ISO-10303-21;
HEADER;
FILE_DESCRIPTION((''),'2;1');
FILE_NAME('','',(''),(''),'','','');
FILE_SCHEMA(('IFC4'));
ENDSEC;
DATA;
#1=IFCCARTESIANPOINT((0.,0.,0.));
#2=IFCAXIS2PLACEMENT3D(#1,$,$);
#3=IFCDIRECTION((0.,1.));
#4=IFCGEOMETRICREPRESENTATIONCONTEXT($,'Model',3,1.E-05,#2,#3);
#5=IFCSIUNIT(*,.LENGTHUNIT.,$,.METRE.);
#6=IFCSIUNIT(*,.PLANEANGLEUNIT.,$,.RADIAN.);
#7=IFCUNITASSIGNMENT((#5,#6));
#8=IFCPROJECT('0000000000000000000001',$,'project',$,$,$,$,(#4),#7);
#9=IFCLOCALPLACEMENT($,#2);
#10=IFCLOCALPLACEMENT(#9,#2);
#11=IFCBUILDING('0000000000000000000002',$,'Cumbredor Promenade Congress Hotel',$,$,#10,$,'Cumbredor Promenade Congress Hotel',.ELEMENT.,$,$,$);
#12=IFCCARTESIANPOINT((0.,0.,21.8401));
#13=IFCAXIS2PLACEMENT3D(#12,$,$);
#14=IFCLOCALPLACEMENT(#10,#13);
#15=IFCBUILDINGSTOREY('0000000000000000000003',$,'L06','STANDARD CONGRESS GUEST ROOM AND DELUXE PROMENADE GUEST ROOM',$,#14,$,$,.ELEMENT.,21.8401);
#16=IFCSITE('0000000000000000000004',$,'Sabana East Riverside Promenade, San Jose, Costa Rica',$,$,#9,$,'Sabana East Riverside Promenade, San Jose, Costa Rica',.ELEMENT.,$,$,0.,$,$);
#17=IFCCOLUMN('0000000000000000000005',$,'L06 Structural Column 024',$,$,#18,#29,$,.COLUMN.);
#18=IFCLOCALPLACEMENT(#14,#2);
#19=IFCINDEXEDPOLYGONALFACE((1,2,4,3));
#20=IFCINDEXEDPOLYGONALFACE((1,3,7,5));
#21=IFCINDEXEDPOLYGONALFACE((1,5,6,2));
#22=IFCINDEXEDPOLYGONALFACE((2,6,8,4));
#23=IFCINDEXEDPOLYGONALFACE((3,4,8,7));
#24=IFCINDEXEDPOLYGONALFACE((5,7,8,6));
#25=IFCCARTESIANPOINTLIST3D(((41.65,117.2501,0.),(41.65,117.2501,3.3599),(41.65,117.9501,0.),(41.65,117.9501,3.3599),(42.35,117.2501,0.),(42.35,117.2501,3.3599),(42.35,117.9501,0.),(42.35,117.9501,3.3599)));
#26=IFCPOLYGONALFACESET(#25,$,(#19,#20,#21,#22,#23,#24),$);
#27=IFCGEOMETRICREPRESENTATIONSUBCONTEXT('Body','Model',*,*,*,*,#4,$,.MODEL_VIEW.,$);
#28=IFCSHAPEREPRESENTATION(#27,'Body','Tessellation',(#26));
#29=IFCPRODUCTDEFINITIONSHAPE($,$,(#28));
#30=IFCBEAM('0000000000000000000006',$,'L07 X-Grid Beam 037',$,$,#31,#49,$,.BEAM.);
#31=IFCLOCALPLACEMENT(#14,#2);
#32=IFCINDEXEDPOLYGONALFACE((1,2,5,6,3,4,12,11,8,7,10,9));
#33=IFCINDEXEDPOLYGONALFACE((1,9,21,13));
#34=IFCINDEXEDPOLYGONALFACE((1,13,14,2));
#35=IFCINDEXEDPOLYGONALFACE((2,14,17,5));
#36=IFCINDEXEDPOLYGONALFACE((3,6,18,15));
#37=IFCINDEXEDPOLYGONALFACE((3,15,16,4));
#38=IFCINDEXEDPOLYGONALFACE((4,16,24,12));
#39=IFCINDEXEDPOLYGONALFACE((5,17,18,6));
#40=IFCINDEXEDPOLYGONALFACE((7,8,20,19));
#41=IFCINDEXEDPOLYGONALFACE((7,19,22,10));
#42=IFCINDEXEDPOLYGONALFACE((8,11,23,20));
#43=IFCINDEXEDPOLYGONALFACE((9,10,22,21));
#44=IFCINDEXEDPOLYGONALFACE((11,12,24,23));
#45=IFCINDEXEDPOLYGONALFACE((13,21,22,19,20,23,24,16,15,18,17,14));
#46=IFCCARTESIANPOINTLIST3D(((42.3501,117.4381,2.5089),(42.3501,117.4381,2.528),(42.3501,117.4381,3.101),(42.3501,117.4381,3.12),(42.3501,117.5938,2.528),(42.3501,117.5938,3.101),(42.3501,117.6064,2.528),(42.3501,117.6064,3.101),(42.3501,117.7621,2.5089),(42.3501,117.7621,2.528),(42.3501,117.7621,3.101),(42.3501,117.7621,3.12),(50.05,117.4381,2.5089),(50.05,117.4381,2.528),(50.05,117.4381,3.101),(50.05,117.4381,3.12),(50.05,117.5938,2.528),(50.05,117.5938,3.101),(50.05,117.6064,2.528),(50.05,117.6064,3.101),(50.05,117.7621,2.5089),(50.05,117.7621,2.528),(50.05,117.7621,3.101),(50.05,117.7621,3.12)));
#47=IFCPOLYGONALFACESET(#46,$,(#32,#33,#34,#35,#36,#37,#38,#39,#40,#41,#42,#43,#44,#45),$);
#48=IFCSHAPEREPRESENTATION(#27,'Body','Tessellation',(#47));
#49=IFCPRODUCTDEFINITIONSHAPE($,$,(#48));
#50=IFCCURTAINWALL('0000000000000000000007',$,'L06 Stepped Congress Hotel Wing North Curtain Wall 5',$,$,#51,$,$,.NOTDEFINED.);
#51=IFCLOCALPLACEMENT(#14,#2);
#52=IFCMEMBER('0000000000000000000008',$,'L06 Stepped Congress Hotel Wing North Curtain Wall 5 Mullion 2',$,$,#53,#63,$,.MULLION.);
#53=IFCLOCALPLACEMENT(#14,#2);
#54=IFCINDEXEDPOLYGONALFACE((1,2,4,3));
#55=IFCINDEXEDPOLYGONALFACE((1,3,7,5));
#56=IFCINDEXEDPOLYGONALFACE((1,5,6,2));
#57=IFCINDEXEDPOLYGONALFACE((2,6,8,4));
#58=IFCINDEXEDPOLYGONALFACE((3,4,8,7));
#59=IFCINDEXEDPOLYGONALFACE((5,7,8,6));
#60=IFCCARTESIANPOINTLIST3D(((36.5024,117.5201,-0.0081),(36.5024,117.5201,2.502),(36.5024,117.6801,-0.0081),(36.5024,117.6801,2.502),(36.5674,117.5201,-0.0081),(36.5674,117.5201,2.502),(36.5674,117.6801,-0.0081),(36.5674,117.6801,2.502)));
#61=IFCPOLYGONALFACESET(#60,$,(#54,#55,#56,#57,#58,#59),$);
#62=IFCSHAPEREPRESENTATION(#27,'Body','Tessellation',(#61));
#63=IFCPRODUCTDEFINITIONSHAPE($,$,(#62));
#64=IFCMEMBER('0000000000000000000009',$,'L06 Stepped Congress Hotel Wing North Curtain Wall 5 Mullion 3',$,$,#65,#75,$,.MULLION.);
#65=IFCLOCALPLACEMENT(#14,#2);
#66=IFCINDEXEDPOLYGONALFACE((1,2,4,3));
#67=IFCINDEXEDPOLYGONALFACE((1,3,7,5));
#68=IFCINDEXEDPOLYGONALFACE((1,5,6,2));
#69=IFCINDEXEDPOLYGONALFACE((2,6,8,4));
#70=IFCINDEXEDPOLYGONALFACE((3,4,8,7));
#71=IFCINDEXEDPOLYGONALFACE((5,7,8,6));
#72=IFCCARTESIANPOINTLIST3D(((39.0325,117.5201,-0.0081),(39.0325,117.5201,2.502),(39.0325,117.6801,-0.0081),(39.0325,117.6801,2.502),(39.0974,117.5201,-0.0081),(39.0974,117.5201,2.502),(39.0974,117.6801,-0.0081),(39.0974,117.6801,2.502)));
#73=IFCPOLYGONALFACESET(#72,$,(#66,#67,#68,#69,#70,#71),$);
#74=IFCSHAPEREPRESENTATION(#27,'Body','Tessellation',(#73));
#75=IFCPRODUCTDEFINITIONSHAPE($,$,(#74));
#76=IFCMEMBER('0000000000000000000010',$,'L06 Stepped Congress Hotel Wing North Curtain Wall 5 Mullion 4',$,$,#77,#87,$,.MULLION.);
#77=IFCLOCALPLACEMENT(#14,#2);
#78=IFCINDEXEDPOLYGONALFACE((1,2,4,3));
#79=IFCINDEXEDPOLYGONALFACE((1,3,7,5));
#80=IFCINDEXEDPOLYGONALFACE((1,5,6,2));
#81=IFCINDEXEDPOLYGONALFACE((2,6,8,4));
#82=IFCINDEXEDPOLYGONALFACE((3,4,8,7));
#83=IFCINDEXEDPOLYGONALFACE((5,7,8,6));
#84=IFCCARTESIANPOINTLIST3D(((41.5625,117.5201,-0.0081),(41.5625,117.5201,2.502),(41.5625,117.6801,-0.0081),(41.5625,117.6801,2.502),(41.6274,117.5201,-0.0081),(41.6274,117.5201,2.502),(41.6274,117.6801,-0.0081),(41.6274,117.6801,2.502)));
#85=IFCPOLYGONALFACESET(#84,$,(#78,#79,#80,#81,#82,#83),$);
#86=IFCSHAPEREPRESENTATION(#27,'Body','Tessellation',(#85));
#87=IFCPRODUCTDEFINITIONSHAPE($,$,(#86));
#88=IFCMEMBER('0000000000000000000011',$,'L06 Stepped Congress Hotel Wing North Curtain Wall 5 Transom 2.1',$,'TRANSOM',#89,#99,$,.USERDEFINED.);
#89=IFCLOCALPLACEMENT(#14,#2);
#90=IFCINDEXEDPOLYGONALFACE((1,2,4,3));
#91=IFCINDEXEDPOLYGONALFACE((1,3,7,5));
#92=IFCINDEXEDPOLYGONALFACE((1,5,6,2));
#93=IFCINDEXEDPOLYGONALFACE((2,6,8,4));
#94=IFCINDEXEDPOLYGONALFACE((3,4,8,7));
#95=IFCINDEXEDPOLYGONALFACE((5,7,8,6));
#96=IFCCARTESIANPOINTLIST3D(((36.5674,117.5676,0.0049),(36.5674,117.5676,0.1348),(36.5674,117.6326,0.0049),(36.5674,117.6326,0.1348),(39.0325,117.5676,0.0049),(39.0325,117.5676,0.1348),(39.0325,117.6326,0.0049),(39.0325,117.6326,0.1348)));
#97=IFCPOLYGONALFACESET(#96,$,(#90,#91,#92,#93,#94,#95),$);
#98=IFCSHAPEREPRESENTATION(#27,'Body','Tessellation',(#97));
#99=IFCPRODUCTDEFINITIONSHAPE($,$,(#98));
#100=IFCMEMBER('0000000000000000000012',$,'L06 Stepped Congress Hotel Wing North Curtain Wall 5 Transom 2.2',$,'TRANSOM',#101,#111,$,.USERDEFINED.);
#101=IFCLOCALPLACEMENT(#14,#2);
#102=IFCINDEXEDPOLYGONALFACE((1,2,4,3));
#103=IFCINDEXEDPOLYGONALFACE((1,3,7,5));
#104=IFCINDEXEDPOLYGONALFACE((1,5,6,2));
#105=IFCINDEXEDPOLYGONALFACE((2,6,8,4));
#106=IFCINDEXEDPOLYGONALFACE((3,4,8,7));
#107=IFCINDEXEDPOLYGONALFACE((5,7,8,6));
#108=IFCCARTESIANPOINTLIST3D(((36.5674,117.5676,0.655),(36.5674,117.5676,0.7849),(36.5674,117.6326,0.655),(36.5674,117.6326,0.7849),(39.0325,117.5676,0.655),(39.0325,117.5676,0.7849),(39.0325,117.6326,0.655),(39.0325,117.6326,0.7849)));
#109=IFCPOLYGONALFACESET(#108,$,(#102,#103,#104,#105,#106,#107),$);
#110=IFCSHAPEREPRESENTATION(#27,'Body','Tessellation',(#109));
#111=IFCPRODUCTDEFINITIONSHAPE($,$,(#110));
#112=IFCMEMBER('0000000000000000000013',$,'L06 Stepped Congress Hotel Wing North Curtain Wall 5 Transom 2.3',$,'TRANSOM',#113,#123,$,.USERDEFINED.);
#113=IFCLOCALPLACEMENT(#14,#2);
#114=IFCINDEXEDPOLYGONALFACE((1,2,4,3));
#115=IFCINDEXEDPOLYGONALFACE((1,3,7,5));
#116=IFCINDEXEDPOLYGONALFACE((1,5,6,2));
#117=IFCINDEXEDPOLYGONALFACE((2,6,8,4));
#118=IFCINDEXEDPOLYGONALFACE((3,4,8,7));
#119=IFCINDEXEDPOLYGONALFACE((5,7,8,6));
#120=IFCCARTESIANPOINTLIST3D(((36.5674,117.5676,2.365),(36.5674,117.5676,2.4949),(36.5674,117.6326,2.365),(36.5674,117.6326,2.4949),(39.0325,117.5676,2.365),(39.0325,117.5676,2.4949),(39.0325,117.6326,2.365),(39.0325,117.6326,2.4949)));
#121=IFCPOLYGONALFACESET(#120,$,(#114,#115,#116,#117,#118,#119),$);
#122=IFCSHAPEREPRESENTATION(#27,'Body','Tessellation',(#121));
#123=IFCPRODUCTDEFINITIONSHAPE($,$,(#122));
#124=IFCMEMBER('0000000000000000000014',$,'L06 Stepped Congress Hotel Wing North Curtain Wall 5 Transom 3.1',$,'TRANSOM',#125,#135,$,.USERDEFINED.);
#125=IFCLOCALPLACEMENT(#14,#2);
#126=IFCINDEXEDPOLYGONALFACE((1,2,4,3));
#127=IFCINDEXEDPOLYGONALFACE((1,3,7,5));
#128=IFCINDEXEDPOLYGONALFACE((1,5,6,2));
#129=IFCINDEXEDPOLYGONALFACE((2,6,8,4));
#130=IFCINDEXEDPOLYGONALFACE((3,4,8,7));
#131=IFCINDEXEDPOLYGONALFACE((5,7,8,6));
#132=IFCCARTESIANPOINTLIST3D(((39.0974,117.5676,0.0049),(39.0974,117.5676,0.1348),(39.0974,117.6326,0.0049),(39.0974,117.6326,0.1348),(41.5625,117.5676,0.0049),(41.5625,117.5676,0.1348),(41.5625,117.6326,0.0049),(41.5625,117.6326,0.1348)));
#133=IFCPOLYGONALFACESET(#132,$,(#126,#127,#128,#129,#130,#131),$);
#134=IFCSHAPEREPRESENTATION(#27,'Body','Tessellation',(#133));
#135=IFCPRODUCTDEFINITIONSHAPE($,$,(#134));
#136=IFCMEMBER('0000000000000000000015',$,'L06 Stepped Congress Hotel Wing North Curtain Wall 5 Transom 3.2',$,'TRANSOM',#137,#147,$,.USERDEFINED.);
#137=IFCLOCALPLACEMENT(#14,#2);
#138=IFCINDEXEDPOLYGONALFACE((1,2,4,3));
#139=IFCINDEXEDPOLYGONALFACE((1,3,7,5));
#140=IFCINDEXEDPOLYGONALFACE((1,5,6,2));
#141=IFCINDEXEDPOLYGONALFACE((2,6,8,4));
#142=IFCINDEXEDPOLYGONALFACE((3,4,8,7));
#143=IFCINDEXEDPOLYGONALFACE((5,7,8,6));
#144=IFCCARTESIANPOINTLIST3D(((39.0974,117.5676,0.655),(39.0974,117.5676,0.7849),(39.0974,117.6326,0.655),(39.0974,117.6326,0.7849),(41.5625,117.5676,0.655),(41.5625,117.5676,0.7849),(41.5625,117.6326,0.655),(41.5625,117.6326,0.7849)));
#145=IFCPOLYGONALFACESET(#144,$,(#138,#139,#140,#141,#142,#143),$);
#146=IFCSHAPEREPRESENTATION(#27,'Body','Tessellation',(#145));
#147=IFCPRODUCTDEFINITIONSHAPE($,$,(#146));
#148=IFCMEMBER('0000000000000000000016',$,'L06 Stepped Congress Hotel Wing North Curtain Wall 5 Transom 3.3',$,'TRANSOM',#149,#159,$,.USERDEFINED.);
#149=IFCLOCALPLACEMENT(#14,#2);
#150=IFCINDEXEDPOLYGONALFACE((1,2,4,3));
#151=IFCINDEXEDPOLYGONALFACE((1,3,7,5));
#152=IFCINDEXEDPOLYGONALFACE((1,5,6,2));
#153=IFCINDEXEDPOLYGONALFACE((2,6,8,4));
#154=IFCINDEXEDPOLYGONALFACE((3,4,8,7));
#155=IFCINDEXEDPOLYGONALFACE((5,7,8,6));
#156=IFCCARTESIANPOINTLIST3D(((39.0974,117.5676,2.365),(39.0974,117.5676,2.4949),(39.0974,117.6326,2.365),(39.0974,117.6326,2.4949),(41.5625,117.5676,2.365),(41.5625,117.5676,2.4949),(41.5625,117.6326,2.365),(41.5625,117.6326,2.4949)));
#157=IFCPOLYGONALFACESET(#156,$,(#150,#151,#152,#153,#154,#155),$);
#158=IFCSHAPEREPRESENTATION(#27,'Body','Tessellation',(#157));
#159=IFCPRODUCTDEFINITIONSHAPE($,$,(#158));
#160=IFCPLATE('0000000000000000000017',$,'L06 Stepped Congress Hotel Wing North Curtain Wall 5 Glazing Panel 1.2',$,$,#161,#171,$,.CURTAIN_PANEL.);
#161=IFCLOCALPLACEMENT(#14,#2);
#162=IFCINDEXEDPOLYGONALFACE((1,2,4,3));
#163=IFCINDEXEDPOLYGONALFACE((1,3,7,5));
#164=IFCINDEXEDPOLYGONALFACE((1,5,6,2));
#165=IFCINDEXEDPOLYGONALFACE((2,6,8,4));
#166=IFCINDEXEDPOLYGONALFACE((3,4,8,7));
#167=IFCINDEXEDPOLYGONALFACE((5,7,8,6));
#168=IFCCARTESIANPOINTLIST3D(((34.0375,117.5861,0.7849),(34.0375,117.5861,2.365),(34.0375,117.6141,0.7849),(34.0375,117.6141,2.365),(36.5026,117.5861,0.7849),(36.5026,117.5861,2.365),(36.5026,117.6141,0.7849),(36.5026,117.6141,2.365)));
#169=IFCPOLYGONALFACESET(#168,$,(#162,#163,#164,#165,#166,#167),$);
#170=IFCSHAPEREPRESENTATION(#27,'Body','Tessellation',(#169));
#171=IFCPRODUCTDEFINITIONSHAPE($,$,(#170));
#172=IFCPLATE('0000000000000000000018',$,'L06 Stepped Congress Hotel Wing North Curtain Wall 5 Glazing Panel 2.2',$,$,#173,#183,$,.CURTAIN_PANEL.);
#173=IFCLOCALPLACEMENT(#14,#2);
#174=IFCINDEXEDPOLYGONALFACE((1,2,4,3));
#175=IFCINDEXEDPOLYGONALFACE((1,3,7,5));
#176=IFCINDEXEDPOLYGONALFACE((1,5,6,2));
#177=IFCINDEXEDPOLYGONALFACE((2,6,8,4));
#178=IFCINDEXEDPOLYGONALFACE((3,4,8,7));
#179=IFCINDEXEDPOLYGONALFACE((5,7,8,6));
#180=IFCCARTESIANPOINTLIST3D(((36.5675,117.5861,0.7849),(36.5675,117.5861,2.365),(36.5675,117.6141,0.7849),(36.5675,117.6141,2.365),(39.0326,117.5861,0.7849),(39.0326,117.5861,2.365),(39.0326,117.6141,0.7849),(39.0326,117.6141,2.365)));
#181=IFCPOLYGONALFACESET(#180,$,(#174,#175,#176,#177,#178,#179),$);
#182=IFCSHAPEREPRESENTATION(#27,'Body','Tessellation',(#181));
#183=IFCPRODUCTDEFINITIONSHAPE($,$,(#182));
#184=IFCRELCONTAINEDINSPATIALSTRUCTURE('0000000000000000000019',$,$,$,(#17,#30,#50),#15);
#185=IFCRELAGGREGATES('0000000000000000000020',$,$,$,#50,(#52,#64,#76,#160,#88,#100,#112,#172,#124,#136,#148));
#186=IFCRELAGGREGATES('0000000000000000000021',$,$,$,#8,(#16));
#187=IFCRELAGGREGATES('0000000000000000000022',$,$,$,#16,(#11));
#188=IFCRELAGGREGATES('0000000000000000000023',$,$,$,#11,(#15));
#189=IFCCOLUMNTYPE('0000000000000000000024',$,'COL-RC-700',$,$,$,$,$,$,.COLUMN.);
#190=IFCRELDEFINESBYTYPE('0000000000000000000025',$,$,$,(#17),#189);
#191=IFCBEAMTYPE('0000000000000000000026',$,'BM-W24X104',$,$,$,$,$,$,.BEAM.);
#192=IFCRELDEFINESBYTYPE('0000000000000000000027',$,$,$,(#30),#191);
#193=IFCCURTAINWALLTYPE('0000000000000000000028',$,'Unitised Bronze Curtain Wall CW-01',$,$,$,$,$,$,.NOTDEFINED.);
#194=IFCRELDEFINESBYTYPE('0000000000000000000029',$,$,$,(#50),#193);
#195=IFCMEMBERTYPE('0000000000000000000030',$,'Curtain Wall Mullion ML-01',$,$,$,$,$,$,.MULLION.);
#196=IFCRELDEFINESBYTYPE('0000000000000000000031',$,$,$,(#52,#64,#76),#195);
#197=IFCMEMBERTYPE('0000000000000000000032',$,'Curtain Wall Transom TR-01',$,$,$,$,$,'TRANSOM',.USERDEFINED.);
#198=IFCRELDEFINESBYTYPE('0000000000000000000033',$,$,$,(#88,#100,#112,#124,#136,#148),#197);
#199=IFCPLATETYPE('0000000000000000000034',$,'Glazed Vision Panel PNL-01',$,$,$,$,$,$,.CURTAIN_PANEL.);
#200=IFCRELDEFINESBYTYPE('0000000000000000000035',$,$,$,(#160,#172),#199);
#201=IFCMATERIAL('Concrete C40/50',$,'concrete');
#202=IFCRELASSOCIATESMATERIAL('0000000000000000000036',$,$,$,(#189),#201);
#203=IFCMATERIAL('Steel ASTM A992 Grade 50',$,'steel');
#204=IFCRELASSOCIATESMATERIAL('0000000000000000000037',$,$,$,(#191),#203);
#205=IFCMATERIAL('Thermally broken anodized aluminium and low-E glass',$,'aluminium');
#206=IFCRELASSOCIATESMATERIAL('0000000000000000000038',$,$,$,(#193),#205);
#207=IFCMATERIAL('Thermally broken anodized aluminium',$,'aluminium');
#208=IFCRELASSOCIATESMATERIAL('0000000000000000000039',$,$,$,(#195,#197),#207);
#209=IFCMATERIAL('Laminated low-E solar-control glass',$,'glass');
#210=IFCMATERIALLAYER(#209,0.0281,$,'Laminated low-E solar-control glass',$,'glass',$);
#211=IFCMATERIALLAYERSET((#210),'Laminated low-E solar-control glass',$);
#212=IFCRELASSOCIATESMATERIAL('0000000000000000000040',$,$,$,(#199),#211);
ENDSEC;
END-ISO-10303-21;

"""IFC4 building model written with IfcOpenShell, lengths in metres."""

from ifc_helpers import new_model, si_unit, direction, frame, origin, origin_2d, place, context, subcontext, project, spatial, rectangle, i_section, extrude, material, layer, layer_set, material_profile, profile_set, type_object, element, aggregate, save


model = new_model("IFC4")

# Units and contexts
model_context = context("Model", 3, precision=1e-05, world=origin(), true_north=direction((0.0, 1.0)))
body_context = subcontext(model_context, "Body", "Model", "MODEL_VIEW")
ifc_project = project(units=[si_unit("LENGTHUNIT", "METRE"), si_unit("PLANEANGLEUNIT", "RADIAN")], contexts=[model_context])

# Site, building, storey
site_placement = place(None, origin())
site = spatial("IfcSite", under=ifc_project, at=site_placement, Name="Sabana East Riverside Promenade, San Jose, Costa Rica", LongName="Sabana East Riverside Promenade, San Jose, Costa Rica", CompositionType="ELEMENT", RefElevation=0.0)
building_placement = place(site_placement, origin())
building = spatial("IfcBuilding", under=site, at=building_placement, Name="Cumbredor Promenade Congress Hotel", LongName="Cumbredor Promenade Congress Hotel", CompositionType="ELEMENT")
storey_placement = place(building_placement, frame((0.0, 0.0, 21.8401)))
storey = spatial("IfcBuildingStorey", under=building, at=storey_placement, Name="L06", Description="STANDARD CONGRESS GUEST ROOM AND DELUXE PROMENADE GUEST ROOM", CompositionType="ELEMENT", Elevation=21.8401)

# Column
ifc_material_1 = material(Name="Concrete C40/50", Category="concrete")
ifc_material_profile_1 = material_profile(ifc_material_1, rectangle(XDim=0.7, YDim=0.7, at=origin_2d()), Name="RC 700x700")
ifc_profile_set_1 = profile_set([ifc_material_profile_1], Name="Concrete C40/50")
column_type = type_object("IfcColumnType", Name="COL-RC-700", PredefinedType="COLUMN", material=ifc_profile_set_1)
column_placement = place(storey_placement, frame((42.0, 117.6001, 0.0), z_axis=(0.0, 0.0, 1.0), x_axis=(1.0, 0.0, 0.0)))
element("IfcColumn", 1, at=column_placement, inside=storey, type_object=column_type, Name="L06 Structural Column 024", PredefinedType="COLUMN", context=body_context, shape_type="SweptSolid", body=[
    extrude(rectangle(XDim=0.7, YDim=0.7, at=origin_2d()), origin(), (0.0, 0.0, 1.0), 3.3599),
])

# Beam
ifc_material_2 = material(Name="Steel ASTM A992 Grade 50", Category="steel")
ifc_material_profile_2 = material_profile(ifc_material_2, i_section(OverallWidth=0.324, OverallDepth=0.6111, WebThickness=0.0127, FlangeThickness=0.019, at=origin_2d()), Name="W24X104")
ifc_profile_set_2 = profile_set([ifc_material_profile_2], Name="Steel ASTM A992 Grade 50")
beam_type = type_object("IfcBeamType", Name="BM-W24X104", PredefinedType="BEAM", material=ifc_profile_set_2)
beam_placement = place(storey_placement, frame((42.3501, 117.6001, 2.8145), z_axis=(1.0, 0.0, 0.0), x_axis=(0.0, 1.0, 0.0)))
element("IfcBeam", 2, at=beam_placement, inside=storey, type_object=beam_type, Name="L07 X-Grid Beam 037", PredefinedType="BEAM", context=body_context, shape_type="SweptSolid", body=[
    extrude(i_section(OverallWidth=0.324, OverallDepth=0.6111, WebThickness=0.0127, FlangeThickness=0.019, at=origin_2d()), origin(), (0.0, 0.0, 1.0), 7.7),
])

# Curtain wall, members, plates
ifc_material_3 = material(Name="Thermally broken anodized aluminium and low-E glass", Category="aluminium")
curtain_wall_type = type_object("IfcCurtainWallType", Name="Unitised Bronze Curtain Wall CW-01", PredefinedType="NOTDEFINED", material=ifc_material_3)
curtain_wall_placement = place(storey_placement, origin())
curtain_wall = element("IfcCurtainWall", 3, at=curtain_wall_placement, inside=storey, type_object=curtain_wall_type, Name="L06 Stepped Congress Hotel Wing North Curtain Wall 5", PredefinedType="NOTDEFINED")
ifc_material_4 = material(Name="Thermally broken anodized aluminium", Category="aluminium")
ifc_material_profile_3 = material_profile(ifc_material_4, rectangle(XDim=0.0649, YDim=0.1599, at=origin_2d()), Name="ALU MULLION 65x160")
ifc_profile_set_3 = profile_set([ifc_material_profile_3], Name="Thermally broken anodized aluminium")
member_type_1 = type_object("IfcMemberType", Name="Curtain Wall Mullion ML-01", PredefinedType="MULLION", material=ifc_profile_set_3)
member_1_placement = place(storey_placement, frame((36.5349, 117.6001, -0.0081), z_axis=(0.0, 0.0, 1.0), x_axis=(1.0, 0.0, 0.0)))
member_1 = element("IfcMember", 4, at=member_1_placement, type_object=member_type_1, Name="L06 Stepped Congress Hotel Wing North Curtain Wall 5 Mullion 2", PredefinedType="MULLION", context=body_context, shape_type="SweptSolid", body=[
    extrude(rectangle(XDim=0.0649, YDim=0.1599, at=origin_2d()), origin(), (0.0, 0.0, 1.0), 2.51),
])
member_2_placement = place(storey_placement, frame((39.0649, 117.6001, -0.0081), z_axis=(0.0, 0.0, 1.0), x_axis=(1.0, 0.0, 0.0)))
member_2 = element("IfcMember", 5, at=member_2_placement, type_object=member_type_1, Name="L06 Stepped Congress Hotel Wing North Curtain Wall 5 Mullion 3", PredefinedType="MULLION", context=body_context, shape_type="SweptSolid", body=[
    extrude(rectangle(XDim=0.0649, YDim=0.1599, at=origin_2d()), origin(), (0.0, 0.0, 1.0), 2.51),
])
member_3_placement = place(storey_placement, frame((41.595, 117.6001, -0.0081), z_axis=(0.0, 0.0, 1.0), x_axis=(1.0, 0.0, 0.0)))
member_3 = element("IfcMember", 6, at=member_3_placement, type_object=member_type_1, Name="L06 Stepped Congress Hotel Wing North Curtain Wall 5 Mullion 4", PredefinedType="MULLION", context=body_context, shape_type="SweptSolid", body=[
    extrude(rectangle(XDim=0.0649, YDim=0.1599, at=origin_2d()), origin(), (0.0, 0.0, 1.0), 2.51),
])
ifc_material_profile_4 = material_profile(ifc_material_4, rectangle(XDim=0.0649, YDim=0.1299, at=origin_2d()), Name="ALU TRANSOM 65x130")
ifc_profile_set_4 = profile_set([ifc_material_profile_4], Name="Thermally broken anodized aluminium")
member_type_2 = type_object("IfcMemberType", Name="Curtain Wall Transom TR-01", ElementType="TRANSOM", PredefinedType="USERDEFINED", material=ifc_profile_set_4)
member_4_placement = place(storey_placement, frame((36.5674, 117.6001, 0.0698), z_axis=(1.0, 0.0, 0.0), x_axis=(0.0, 1.0, 0.0)))
member_4 = element("IfcMember", 7, at=member_4_placement, type_object=member_type_2, Name="L06 Stepped Congress Hotel Wing North Curtain Wall 5 Transom 2.1", ObjectType="TRANSOM", PredefinedType="USERDEFINED", context=body_context, shape_type="SweptSolid", body=[
    extrude(rectangle(XDim=0.0649, YDim=0.1299, at=origin_2d()), origin(), (0.0, 0.0, 1.0), 2.4651),
])
member_5_placement = place(storey_placement, frame((36.5674, 117.6001, 0.72), z_axis=(1.0, 0.0, 0.0), x_axis=(0.0, 1.0, 0.0)))
member_5 = element("IfcMember", 8, at=member_5_placement, type_object=member_type_2, Name="L06 Stepped Congress Hotel Wing North Curtain Wall 5 Transom 2.2", ObjectType="TRANSOM", PredefinedType="USERDEFINED", context=body_context, shape_type="SweptSolid", body=[
    extrude(rectangle(XDim=0.0649, YDim=0.1299, at=origin_2d()), origin(), (0.0, 0.0, 1.0), 2.4651),
])
member_6_placement = place(storey_placement, frame((36.5674, 117.6001, 2.4299), z_axis=(1.0, 0.0, 0.0), x_axis=(0.0, 1.0, 0.0)))
member_6 = element("IfcMember", 9, at=member_6_placement, type_object=member_type_2, Name="L06 Stepped Congress Hotel Wing North Curtain Wall 5 Transom 2.3", ObjectType="TRANSOM", PredefinedType="USERDEFINED", context=body_context, shape_type="SweptSolid", body=[
    extrude(rectangle(XDim=0.0649, YDim=0.1299, at=origin_2d()), origin(), (0.0, 0.0, 1.0), 2.4651),
])
member_7_placement = place(storey_placement, frame((39.0974, 117.6001, 0.0698), z_axis=(1.0, 0.0, 0.0), x_axis=(0.0, 1.0, 0.0)))
member_7 = element("IfcMember", 10, at=member_7_placement, type_object=member_type_2, Name="L06 Stepped Congress Hotel Wing North Curtain Wall 5 Transom 3.1", ObjectType="TRANSOM", PredefinedType="USERDEFINED", context=body_context, shape_type="SweptSolid", body=[
    extrude(rectangle(XDim=0.0649, YDim=0.1299, at=origin_2d()), origin(), (0.0, 0.0, 1.0), 2.4651),
])
member_8_placement = place(storey_placement, frame((39.0974, 117.6001, 0.72), z_axis=(1.0, 0.0, 0.0), x_axis=(0.0, 1.0, 0.0)))
member_8 = element("IfcMember", 11, at=member_8_placement, type_object=member_type_2, Name="L06 Stepped Congress Hotel Wing North Curtain Wall 5 Transom 3.2", ObjectType="TRANSOM", PredefinedType="USERDEFINED", context=body_context, shape_type="SweptSolid", body=[
    extrude(rectangle(XDim=0.0649, YDim=0.1299, at=origin_2d()), origin(), (0.0, 0.0, 1.0), 2.4651),
])
member_9_placement = place(storey_placement, frame((39.0974, 117.6001, 2.4299), z_axis=(1.0, 0.0, 0.0), x_axis=(0.0, 1.0, 0.0)))
member_9 = element("IfcMember", 12, at=member_9_placement, type_object=member_type_2, Name="L06 Stepped Congress Hotel Wing North Curtain Wall 5 Transom 3.3", ObjectType="TRANSOM", PredefinedType="USERDEFINED", context=body_context, shape_type="SweptSolid", body=[
    extrude(rectangle(XDim=0.0649, YDim=0.1299, at=origin_2d()), origin(), (0.0, 0.0, 1.0), 2.4651),
])
ifc_material_5 = material(Name="Laminated low-E solar-control glass", Category="glass")
ifc_layer_1 = layer(ifc_material_5, 0.0281, Name="Laminated low-E solar-control glass", Category="glass")
ifc_layer_set_1 = layer_set([ifc_layer_1], Name="Laminated low-E solar-control glass")
plate_type_1 = type_object("IfcPlateType", Name="Glazed Vision Panel PNL-01", PredefinedType="CURTAIN_PANEL", material=ifc_layer_set_1)
plate_1_placement = place(storey_placement, frame((35.27, 117.6001, 0.7849), z_axis=(0.0, 0.0, 1.0), x_axis=(1.0, 0.0, 0.0)))
plate_1 = element("IfcPlate", 13, at=plate_1_placement, type_object=plate_type_1, Name="L06 Stepped Congress Hotel Wing North Curtain Wall 5 Glazing Panel 1.2", PredefinedType="CURTAIN_PANEL", context=body_context, shape_type="SweptSolid", body=[
    extrude(rectangle(XDim=2.4651, YDim=0.0281, at=origin_2d()), origin(), (0.0, 0.0, 1.0), 1.5801),
])
plate_2_placement = place(storey_placement, frame((37.8, 117.6001, 0.7849), z_axis=(0.0, 0.0, 1.0), x_axis=(1.0, 0.0, 0.0)))
plate_2 = element("IfcPlate", 14, at=plate_2_placement, type_object=plate_type_1, Name="L06 Stepped Congress Hotel Wing North Curtain Wall 5 Glazing Panel 2.2", PredefinedType="CURTAIN_PANEL", context=body_context, shape_type="SweptSolid", body=[
    extrude(rectangle(XDim=2.4651, YDim=0.0281, at=origin_2d()), origin(), (0.0, 0.0, 1.0), 1.5801),
])
aggregate(curtain_wall, [member_1, member_2, member_3, plate_1, member_4, member_5, member_6, plate_2, member_7, member_8, member_9])

save(model, "model.ifc")
